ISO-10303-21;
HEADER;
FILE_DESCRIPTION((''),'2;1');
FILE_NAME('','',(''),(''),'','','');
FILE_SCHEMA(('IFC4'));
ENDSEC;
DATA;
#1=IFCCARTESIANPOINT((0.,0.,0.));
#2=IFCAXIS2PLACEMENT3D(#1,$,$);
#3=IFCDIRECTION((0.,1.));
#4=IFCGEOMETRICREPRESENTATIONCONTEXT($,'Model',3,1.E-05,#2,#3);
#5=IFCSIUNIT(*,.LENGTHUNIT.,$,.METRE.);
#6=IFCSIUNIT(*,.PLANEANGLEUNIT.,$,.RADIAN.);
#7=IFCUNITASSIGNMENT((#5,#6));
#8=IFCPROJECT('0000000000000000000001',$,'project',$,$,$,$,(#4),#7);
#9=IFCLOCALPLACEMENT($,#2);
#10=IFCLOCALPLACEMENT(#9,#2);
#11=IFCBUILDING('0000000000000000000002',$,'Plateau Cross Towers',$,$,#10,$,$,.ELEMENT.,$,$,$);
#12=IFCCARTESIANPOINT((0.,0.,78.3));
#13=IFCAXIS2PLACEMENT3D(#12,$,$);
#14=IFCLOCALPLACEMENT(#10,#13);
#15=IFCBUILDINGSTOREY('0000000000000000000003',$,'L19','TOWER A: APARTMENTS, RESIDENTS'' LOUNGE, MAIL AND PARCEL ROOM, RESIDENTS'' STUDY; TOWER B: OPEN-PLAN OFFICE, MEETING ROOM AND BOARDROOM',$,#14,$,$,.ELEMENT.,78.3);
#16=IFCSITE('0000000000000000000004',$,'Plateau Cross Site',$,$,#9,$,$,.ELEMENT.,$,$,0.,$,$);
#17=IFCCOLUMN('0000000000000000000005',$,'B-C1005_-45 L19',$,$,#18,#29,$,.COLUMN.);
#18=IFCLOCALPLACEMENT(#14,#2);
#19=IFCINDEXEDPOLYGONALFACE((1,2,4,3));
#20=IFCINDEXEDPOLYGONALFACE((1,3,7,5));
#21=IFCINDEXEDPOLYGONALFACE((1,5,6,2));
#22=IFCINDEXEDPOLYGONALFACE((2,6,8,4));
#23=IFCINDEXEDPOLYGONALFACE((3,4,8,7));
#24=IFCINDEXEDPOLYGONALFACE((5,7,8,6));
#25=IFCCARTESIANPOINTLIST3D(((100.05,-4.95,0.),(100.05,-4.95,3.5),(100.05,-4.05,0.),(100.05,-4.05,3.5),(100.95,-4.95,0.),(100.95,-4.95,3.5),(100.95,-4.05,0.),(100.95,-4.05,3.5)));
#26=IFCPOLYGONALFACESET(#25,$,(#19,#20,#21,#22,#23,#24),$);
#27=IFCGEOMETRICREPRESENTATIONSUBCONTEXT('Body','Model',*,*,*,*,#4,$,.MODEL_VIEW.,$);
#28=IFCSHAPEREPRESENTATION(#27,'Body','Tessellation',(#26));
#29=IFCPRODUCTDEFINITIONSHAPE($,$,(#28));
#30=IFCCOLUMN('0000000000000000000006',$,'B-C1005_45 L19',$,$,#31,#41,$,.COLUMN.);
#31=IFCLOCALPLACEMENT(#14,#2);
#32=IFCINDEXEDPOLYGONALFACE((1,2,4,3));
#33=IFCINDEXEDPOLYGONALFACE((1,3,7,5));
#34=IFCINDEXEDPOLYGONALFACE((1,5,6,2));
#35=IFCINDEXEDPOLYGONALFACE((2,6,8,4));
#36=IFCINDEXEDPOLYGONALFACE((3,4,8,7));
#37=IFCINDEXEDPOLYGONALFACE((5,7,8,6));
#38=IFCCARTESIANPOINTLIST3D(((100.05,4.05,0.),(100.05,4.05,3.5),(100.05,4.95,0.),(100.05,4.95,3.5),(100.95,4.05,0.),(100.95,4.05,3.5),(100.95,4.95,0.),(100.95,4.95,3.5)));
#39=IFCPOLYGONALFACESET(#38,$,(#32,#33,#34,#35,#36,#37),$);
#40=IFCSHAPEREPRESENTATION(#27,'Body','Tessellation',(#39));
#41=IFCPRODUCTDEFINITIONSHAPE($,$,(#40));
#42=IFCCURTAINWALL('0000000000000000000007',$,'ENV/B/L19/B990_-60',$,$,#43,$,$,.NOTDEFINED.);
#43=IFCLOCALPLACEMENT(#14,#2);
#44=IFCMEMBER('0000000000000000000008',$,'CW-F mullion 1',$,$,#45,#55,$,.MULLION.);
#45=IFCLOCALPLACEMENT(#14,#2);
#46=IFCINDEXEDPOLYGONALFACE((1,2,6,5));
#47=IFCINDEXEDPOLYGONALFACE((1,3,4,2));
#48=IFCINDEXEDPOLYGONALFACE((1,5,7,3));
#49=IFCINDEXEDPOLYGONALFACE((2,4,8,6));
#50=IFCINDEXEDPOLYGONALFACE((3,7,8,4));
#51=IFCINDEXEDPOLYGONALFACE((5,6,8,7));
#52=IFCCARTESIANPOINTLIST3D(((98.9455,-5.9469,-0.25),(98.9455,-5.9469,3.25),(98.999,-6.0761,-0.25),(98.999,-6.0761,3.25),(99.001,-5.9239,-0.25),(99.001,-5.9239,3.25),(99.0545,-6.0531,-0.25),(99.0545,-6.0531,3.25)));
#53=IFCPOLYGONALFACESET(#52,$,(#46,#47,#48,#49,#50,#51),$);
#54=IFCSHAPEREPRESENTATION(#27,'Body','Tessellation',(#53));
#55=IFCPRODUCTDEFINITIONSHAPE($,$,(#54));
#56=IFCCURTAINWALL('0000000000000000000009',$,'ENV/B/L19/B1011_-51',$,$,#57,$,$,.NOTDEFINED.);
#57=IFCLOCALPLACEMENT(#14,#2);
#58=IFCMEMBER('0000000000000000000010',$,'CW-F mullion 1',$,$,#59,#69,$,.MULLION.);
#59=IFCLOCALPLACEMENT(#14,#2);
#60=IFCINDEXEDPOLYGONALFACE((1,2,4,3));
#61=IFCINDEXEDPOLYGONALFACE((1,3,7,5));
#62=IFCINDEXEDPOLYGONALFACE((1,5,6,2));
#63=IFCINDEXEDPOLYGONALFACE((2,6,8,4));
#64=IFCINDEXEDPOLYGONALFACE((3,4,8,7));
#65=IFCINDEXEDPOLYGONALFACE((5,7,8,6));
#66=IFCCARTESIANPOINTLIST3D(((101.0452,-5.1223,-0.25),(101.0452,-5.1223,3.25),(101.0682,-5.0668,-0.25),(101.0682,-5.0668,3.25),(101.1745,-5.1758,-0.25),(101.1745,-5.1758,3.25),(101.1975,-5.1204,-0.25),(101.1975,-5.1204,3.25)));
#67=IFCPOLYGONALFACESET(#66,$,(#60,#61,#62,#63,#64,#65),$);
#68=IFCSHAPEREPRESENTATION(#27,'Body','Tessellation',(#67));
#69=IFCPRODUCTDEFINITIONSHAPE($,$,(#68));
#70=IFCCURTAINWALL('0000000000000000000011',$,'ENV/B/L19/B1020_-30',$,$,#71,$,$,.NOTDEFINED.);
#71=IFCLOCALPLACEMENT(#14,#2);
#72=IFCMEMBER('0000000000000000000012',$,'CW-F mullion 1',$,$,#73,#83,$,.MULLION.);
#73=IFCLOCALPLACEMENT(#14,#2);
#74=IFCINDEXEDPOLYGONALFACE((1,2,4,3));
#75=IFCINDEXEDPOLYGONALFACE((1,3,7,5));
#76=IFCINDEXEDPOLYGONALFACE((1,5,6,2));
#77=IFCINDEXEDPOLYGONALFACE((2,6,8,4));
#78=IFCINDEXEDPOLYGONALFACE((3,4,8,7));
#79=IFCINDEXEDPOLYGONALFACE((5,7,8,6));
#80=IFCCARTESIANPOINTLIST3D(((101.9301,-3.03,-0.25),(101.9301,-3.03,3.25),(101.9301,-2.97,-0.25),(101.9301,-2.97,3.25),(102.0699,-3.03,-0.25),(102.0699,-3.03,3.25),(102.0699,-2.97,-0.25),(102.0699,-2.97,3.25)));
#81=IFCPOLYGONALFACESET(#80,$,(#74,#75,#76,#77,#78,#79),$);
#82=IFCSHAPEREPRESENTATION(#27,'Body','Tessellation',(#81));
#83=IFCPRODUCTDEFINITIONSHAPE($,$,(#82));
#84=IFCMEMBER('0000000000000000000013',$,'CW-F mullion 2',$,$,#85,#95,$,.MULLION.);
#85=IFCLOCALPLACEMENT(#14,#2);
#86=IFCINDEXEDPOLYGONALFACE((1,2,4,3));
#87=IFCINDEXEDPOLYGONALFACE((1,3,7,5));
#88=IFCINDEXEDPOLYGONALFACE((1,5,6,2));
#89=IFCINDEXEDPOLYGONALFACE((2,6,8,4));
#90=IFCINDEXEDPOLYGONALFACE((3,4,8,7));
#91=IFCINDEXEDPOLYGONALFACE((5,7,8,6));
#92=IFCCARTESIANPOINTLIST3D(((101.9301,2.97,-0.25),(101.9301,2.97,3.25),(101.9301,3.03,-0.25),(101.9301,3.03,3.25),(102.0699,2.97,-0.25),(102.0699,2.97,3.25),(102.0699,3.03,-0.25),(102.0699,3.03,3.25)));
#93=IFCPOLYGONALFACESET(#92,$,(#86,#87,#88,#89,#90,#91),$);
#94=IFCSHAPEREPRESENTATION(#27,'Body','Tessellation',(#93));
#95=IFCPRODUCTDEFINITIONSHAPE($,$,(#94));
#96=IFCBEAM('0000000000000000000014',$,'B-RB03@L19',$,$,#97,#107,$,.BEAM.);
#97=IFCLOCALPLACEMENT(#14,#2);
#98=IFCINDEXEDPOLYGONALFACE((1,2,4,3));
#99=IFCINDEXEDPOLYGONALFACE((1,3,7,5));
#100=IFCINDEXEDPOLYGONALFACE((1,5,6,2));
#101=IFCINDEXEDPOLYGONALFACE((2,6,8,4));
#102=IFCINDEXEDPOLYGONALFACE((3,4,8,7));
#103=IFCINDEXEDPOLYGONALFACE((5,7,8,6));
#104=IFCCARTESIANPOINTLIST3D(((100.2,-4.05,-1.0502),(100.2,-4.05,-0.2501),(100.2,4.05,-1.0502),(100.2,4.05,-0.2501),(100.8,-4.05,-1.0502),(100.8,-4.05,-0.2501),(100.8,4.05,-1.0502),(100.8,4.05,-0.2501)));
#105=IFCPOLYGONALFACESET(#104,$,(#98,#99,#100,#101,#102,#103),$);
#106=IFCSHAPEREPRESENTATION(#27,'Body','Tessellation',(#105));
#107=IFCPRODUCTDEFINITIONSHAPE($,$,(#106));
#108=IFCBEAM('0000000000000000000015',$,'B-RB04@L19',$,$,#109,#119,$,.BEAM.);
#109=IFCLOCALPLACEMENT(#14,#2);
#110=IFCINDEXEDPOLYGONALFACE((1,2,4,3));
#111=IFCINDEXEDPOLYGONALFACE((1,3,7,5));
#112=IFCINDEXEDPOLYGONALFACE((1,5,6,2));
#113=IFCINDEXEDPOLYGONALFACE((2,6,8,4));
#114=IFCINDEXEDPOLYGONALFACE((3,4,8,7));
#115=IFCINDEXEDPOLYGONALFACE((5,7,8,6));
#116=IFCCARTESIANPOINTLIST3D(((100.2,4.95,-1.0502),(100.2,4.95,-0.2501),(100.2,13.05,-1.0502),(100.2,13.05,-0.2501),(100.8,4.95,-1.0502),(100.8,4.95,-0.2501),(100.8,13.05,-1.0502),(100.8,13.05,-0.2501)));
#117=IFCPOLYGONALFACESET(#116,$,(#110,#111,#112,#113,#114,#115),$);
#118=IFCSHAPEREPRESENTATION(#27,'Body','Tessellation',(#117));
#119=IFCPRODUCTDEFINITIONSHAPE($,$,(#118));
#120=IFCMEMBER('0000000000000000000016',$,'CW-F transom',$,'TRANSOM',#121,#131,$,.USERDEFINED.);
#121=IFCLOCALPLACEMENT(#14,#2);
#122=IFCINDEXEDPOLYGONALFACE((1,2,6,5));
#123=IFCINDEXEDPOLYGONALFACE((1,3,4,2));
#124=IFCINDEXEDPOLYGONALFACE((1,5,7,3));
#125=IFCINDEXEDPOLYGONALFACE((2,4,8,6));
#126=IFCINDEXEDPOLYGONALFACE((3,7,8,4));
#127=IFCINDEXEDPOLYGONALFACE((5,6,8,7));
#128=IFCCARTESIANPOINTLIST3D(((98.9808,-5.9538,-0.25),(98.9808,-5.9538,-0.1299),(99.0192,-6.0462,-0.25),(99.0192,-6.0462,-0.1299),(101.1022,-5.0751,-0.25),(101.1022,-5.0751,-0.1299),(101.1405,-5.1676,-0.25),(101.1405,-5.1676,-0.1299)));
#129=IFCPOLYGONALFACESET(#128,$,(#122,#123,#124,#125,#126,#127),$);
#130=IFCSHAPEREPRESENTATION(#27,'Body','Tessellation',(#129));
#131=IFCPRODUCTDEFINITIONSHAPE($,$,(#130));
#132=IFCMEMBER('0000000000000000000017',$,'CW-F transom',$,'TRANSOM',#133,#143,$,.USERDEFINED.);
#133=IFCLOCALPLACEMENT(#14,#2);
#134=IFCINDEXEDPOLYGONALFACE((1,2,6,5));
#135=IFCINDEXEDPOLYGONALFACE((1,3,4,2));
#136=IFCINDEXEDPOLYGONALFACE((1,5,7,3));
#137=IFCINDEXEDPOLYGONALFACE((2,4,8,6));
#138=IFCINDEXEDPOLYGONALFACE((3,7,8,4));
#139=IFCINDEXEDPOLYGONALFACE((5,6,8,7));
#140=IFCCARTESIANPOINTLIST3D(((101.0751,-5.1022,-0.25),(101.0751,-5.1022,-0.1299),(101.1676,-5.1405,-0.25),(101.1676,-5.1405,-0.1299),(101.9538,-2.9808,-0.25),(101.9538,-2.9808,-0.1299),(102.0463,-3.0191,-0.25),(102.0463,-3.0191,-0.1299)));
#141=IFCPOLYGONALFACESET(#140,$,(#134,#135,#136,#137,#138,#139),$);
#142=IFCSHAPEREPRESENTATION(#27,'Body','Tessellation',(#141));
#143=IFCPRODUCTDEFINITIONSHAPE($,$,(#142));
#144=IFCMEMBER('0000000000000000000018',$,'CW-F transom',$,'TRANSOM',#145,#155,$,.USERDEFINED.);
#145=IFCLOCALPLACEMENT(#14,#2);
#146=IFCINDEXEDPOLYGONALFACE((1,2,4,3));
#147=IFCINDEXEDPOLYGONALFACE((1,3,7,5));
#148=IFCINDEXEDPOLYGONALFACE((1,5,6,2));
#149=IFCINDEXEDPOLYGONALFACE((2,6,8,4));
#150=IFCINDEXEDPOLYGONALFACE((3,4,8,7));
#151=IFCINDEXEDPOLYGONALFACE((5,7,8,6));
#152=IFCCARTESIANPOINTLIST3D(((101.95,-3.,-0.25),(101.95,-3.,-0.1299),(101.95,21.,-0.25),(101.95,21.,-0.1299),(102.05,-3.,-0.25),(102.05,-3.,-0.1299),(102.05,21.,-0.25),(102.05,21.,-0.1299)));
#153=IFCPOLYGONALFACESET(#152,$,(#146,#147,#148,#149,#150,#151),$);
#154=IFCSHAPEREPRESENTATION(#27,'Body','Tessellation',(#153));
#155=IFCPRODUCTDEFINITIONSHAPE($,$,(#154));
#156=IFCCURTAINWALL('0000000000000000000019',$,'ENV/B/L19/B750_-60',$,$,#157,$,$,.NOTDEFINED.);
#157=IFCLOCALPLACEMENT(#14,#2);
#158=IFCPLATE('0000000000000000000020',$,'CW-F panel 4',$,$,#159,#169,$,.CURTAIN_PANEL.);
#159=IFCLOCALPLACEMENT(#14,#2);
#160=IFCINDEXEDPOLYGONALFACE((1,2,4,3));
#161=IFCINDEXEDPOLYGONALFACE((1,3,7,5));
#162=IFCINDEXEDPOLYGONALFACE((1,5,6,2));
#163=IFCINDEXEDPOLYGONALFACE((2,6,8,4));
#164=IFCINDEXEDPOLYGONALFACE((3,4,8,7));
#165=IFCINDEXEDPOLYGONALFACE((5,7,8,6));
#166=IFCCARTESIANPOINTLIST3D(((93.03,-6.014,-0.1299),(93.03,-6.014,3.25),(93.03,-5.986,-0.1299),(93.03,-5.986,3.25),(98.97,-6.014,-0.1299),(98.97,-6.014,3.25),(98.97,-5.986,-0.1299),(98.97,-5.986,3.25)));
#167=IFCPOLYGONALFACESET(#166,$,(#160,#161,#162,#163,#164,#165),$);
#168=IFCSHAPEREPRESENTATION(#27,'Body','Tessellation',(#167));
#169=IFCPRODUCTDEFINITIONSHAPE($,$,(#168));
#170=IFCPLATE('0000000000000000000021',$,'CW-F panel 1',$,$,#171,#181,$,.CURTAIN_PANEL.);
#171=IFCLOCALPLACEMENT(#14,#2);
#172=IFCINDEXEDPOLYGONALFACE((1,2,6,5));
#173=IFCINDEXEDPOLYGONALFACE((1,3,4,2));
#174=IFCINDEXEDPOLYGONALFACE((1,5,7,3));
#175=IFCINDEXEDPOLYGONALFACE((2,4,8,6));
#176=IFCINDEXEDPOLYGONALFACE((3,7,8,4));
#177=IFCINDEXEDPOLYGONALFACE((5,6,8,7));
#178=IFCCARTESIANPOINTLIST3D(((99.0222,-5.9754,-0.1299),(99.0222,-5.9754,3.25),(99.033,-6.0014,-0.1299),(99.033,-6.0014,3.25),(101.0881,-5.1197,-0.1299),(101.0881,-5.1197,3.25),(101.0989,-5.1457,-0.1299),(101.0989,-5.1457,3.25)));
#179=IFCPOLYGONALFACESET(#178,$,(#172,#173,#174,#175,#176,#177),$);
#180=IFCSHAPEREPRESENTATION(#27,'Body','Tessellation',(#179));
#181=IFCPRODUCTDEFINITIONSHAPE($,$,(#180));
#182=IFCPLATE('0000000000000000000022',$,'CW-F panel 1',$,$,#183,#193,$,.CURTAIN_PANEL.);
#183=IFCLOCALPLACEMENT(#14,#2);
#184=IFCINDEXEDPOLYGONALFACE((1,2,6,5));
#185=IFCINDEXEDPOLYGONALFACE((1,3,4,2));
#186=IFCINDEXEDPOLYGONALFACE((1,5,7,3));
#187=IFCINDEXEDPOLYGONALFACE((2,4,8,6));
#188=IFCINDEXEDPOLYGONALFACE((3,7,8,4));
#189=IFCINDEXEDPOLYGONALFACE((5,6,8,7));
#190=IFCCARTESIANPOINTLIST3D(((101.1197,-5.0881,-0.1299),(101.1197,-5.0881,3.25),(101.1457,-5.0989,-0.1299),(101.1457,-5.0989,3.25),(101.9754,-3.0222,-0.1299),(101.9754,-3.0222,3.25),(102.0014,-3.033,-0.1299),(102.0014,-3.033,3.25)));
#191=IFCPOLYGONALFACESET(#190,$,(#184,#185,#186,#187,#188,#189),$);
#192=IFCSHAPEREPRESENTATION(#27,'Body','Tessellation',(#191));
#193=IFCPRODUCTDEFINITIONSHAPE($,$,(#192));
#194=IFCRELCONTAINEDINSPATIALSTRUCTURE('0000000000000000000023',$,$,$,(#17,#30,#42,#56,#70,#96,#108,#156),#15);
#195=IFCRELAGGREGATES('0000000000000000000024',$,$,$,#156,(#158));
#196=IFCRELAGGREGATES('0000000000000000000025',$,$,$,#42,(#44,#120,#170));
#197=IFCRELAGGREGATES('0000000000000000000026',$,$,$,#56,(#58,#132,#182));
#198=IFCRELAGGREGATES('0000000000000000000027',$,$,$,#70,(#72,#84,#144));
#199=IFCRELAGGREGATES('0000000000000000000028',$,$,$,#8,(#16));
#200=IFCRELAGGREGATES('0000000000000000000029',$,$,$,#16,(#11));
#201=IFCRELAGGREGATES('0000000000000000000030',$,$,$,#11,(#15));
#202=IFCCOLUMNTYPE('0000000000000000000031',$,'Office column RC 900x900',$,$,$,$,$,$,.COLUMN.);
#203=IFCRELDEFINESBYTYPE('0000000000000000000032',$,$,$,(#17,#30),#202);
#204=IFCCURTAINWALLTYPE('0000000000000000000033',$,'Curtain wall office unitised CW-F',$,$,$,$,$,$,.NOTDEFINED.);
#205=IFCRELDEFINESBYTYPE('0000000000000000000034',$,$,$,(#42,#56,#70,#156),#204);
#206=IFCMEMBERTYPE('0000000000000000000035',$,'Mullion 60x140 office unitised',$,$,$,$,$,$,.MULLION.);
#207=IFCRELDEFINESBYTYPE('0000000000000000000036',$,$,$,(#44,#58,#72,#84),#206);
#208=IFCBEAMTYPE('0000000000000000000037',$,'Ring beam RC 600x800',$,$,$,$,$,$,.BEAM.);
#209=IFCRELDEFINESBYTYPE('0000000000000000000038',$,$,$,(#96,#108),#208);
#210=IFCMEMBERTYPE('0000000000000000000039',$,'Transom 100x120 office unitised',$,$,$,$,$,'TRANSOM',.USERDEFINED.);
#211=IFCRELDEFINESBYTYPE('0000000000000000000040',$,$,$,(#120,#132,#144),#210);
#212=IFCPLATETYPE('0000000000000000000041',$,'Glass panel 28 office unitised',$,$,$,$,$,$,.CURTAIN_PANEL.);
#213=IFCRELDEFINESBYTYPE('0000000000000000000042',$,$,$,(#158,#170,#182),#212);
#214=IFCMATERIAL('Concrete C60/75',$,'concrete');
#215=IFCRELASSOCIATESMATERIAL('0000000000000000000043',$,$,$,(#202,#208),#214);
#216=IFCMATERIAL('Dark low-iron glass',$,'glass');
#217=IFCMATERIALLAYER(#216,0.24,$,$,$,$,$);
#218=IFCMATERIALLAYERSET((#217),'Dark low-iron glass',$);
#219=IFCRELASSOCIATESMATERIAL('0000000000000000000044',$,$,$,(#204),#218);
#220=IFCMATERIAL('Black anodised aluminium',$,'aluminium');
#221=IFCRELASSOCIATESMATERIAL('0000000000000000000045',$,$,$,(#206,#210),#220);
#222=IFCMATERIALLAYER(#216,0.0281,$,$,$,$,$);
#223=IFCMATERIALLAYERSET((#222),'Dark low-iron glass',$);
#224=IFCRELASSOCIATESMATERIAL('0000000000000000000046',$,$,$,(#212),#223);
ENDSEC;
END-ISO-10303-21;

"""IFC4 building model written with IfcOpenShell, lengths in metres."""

from ifc_helpers import new_model, si_unit, direction, frame, origin, origin_2d, place, context, subcontext, project, spatial, rectangle, extrude, material, layer, layer_set, material_profile, profile_set, type_object, element, aggregate, save


model = new_model("IFC4")

# Units and contexts
model_context = context("Model", 3, precision=1e-05, world=origin(), true_north=direction((0.0, 1.0)))
body_context = subcontext(model_context, "Body", "Model", "MODEL_VIEW")
ifc_project = project(units=[si_unit("LENGTHUNIT", "METRE"), si_unit("PLANEANGLEUNIT", "RADIAN")], contexts=[model_context])

# Site, building, storey
site_placement = place(None, origin())
site = spatial("IfcSite", under=ifc_project, at=site_placement, Name="Plateau Cross Site", CompositionType="ELEMENT", RefElevation=0.0)
building_placement = place(site_placement, origin())
building = spatial("IfcBuilding", under=site, at=building_placement, Name="Plateau Cross Towers", CompositionType="ELEMENT")
storey_placement = place(building_placement, frame((0.0, 0.0, 78.3)))
storey = spatial("IfcBuildingStorey", under=building, at=storey_placement, Name="L19", Description="TOWER A: APARTMENTS, RESIDENTS' LOUNGE, MAIL AND PARCEL ROOM, RESIDENTS' STUDY; TOWER B: OPEN-PLAN OFFICE, MEETING ROOM AND BOARDROOM", CompositionType="ELEMENT", Elevation=78.3)

# Columns
ifc_material_1 = material(Name="Concrete C60/75", Category="concrete")
ifc_material_profile_1 = material_profile(ifc_material_1, rectangle(XDim=0.8999, YDim=0.8999, at=origin_2d()), Name="RC 900x900")
ifc_profile_set_1 = profile_set([ifc_material_profile_1], Name="Concrete C60/75")
column_type = type_object("IfcColumnType", Name="Office column RC 900x900", PredefinedType="COLUMN", material=ifc_profile_set_1)
for number, where, z_axis, x_axis, name in (
    (1, (100.5, -4.5, 0.0), (0.0, 0.0, 1.0), (1.0, 0.0, 0.0), "B-C1005_-45 L19"),
    (2, (100.5, 4.5, 0.0), (0.0, 0.0, 1.0), (1.0, 0.0, 0.0), "B-C1005_45 L19"),
):
    element("IfcColumn", number, at=place(storey_placement, frame(where, z_axis=z_axis, x_axis=x_axis)), inside=storey, type_object=column_type, Name=name, PredefinedType="COLUMN", context=body_context, shape_type="SweptSolid", body=[
        extrude(rectangle(XDim=0.8999, YDim=0.8999, at=origin_2d()), origin(), (0.0, 0.0, 1.0), 3.5),
    ])

# Curtain walls, members
ifc_material_2 = material(Name="Dark low-iron glass", Category="glass")
ifc_layer_1 = layer(ifc_material_2, 0.24)
ifc_layer_set_1 = layer_set([ifc_layer_1], Name="Dark low-iron glass")
curtain_wall_type = type_object("IfcCurtainWallType", Name="Curtain wall office unitised CW-F", PredefinedType="NOTDEFINED", material=ifc_layer_set_1)
curtain_wall_1_placement = place(storey_placement, origin())
curtain_wall_1 = element("IfcCurtainWall", 3, at=curtain_wall_1_placement, inside=storey, type_object=curtain_wall_type, Name="ENV/B/L19/B990_-60", PredefinedType="NOTDEFINED")
ifc_material_3 = material(Name="Black anodised aluminium", Category="aluminium")
ifc_material_profile_2 = material_profile(ifc_material_3, rectangle(XDim=0.0601, YDim=0.1399, at=origin_2d()), Name="MULLION 60x140")
ifc_profile_set_2 = profile_set([ifc_material_profile_2], Name="Black anodised aluminium")
member_type_1 = type_object("IfcMemberType", Name="Mullion 60x140 office unitised", PredefinedType="MULLION", material=ifc_profile_set_2)
member_1_placement = place(storey_placement, frame((99.0, -6.0, -0.25), z_axis=(0.0, 0.0, 1.0), x_axis=(0.923879, 0.382684, 0.0)))
member_1 = element("IfcMember", 4, at=member_1_placement, type_object=member_type_1, Name="CW-F mullion 1", PredefinedType="MULLION", context=body_context, shape_type="SweptSolid", body=[
    extrude(rectangle(XDim=0.0601, YDim=0.1399, at=origin_2d()), origin(), (0.0, 0.0, 1.0), 3.5),
])
curtain_wall_2_placement = place(storey_placement, origin())
curtain_wall_2 = element("IfcCurtainWall", 5, at=curtain_wall_2_placement, inside=storey, type_object=curtain_wall_type, Name="ENV/B/L19/B1011_-51", PredefinedType="NOTDEFINED")
member_2_placement = place(storey_placement, frame((101.1213, -5.1213, -0.25), z_axis=(0.0, 0.0, 1.0), x_axis=(0.382684, 0.923879, 0.0)))
member_2 = element("IfcMember", 6, at=member_2_placement, type_object=member_type_1, Name="CW-F mullion 1", PredefinedType="MULLION", context=body_context, shape_type="SweptSolid", body=[
    extrude(rectangle(XDim=0.0601, YDim=0.1399, at=origin_2d()), origin(), (0.0, 0.0, 1.0), 3.5),
])

# Curtain wall, members
curtain_wall_3_placement = place(storey_placement, origin())
curtain_wall_3 = element("IfcCurtainWall", 7, at=curtain_wall_3_placement, inside=storey, type_object=curtain_wall_type, Name="ENV/B/L19/B1020_-30", PredefinedType="NOTDEFINED")
member_3_placement = place(storey_placement, frame((102.0, -3.0, -0.25), z_axis=(0.0, 0.0, 1.0), x_axis=(0.0, 1.0, 0.0)))
member_3 = element("IfcMember", 8, at=member_3_placement, type_object=member_type_1, Name="CW-F mullion 1", PredefinedType="MULLION", context=body_context, shape_type="SweptSolid", body=[
    extrude(rectangle(XDim=0.0601, YDim=0.1399, at=origin_2d()), origin(), (0.0, 0.0, 1.0), 3.5),
])
member_4_placement = place(storey_placement, frame((102.0, 3.0, -0.25), z_axis=(0.0, 0.0, 1.0), x_axis=(0.0, 1.0, 0.0)))
member_4 = element("IfcMember", 9, at=member_4_placement, type_object=member_type_1, Name="CW-F mullion 2", PredefinedType="MULLION", context=body_context, shape_type="SweptSolid", body=[
    extrude(rectangle(XDim=0.0601, YDim=0.1399, at=origin_2d()), origin(), (0.0, 0.0, 1.0), 3.5),
])

# Beams
ifc_material_profile_3 = material_profile(ifc_material_1, rectangle(XDim=0.6001, YDim=0.8, at=origin_2d()), Name="RC 600x800")
ifc_profile_set_3 = profile_set([ifc_material_profile_3], Name="Concrete C60/75")
beam_type = type_object("IfcBeamType", Name="Ring beam RC 600x800", PredefinedType="BEAM", material=ifc_profile_set_3)
for number, where, z_axis, x_axis, name in (
    (10, (100.5, -4.05, -0.6501), (0.0, 1.0, 0.0), (-1.0, 0.0, 0.0), "B-RB03@L19"),
    (11, (100.5, 4.95, -0.6501), (0.0, 1.0, 0.0), (-1.0, 0.0, 0.0), "B-RB04@L19"),
):
    element("IfcBeam", number, at=place(storey_placement, frame(where, z_axis=z_axis, x_axis=x_axis)), inside=storey, type_object=beam_type, Name=name, PredefinedType="BEAM", context=body_context, shape_type="SweptSolid", body=[
        extrude(rectangle(XDim=0.6001, YDim=0.8, at=origin_2d()), origin(), (0.0, 0.0, 1.0), 8.1001),
    ])

# Members
ifc_material_profile_4 = material_profile(ifc_material_3, rectangle(XDim=0.1001, YDim=0.1201, at=origin_2d()), Name="TRANSOM 100x120")
ifc_profile_set_4 = profile_set([ifc_material_profile_4], Name="Black anodised aluminium")
member_type_2 = type_object("IfcMemberType", Name="Transom 100x120 office unitised", ElementType="TRANSOM", PredefinedType="USERDEFINED", material=ifc_profile_set_4)
member_5_placement = place(storey_placement, frame((99.0, -6.0, -0.1899), z_axis=(0.923883, 0.382674, 0.0), x_axis=(-0.382674, 0.923883, 0.0)))
member_5 = element("IfcMember", 12, at=member_5_placement, type_object=member_type_2, Name="CW-F transom", ObjectType="TRANSOM", PredefinedType="USERDEFINED", context=body_context, shape_type="SweptSolid", body=[
    extrude(rectangle(XDim=0.1001, YDim=0.1201, at=origin_2d()), origin(), (0.0, 0.0, 1.0), 2.2961),
])
member_6_placement = place(storey_placement, frame((101.1213, -5.1213, -0.1899), z_axis=(0.382674, 0.923883, 0.0), x_axis=(-0.923883, 0.382674, 0.0)))
member_6 = element("IfcMember", 13, at=member_6_placement, type_object=member_type_2, Name="CW-F transom", ObjectType="TRANSOM", PredefinedType="USERDEFINED", context=body_context, shape_type="SweptSolid", body=[
    extrude(rectangle(XDim=0.1001, YDim=0.1201, at=origin_2d()), origin(), (0.0, 0.0, 1.0), 2.2961),
])
member_7_placement = place(storey_placement, frame((102.0, -3.0, -0.1899), z_axis=(0.0, 1.0, 0.0), x_axis=(-1.0, 0.0, 0.0)))
member_7 = element("IfcMember", 14, at=member_7_placement, type_object=member_type_2, Name="CW-F transom", ObjectType="TRANSOM", PredefinedType="USERDEFINED", context=body_context, shape_type="SweptSolid", body=[
    extrude(rectangle(XDim=0.1001, YDim=0.1201, at=origin_2d()), origin(), (0.0, 0.0, 1.0), 24.0),
])

# Curtain wall, plate
curtain_wall_4_placement = place(storey_placement, origin())
curtain_wall_4 = element("IfcCurtainWall", 15, at=curtain_wall_4_placement, inside=storey, type_object=curtain_wall_type, Name="ENV/B/L19/B750_-60", PredefinedType="NOTDEFINED")
ifc_layer_2 = layer(ifc_material_2, 0.0281)
ifc_layer_set_2 = layer_set([ifc_layer_2], Name="Dark low-iron glass")
plate_type = type_object("IfcPlateType", Name="Glass panel 28 office unitised", PredefinedType="CURTAIN_PANEL", material=ifc_layer_set_2)
plate_1_placement = place(storey_placement, frame((96.0, -6.0, -0.1299), z_axis=(0.0, 0.0, 1.0), x_axis=(1.0, 0.0, 0.0)))
plate_1 = element("IfcPlate", 16, at=plate_1_placement, type_object=plate_type, Name="CW-F panel 4", PredefinedType="CURTAIN_PANEL", context=body_context, shape_type="SweptSolid", body=[
    extrude(rectangle(XDim=5.9399, YDim=0.0281, at=origin_2d()), origin(), (0.0, 0.0, 1.0), 3.3799),
])
aggregate(curtain_wall_4, [plate_1])

# Plates
plate_2_placement = place(storey_placement, frame((100.0605, -5.5605, -0.1299), z_axis=(0.0, 0.0, 1.0), x_axis=(0.923879, 0.382684, 0.0)))
plate_2 = element("IfcPlate", 17, at=plate_2_placement, type_object=plate_type, Name="CW-F panel 1", PredefinedType="CURTAIN_PANEL", context=body_context, shape_type="SweptSolid", body=[
    extrude(rectangle(XDim=2.2361, YDim=0.0281, at=origin_2d()), origin(), (0.0, 0.0, 1.0), 3.3799),
])
aggregate(curtain_wall_1, [member_1, member_5, plate_2])
plate_3_placement = place(storey_placement, frame((101.5605, -4.0605, -0.1299), z_axis=(0.0, 0.0, 1.0), x_axis=(0.382684, 0.923879, 0.0)))
plate_3 = element("IfcPlate", 18, at=plate_3_placement, type_object=plate_type, Name="CW-F panel 1", PredefinedType="CURTAIN_PANEL", context=body_context, shape_type="SweptSolid", body=[
    extrude(rectangle(XDim=2.2361, YDim=0.0281, at=origin_2d()), origin(), (0.0, 0.0, 1.0), 3.3799),
])
aggregate(curtain_wall_2, [member_2, member_6, plate_3])
aggregate(curtain_wall_3, [member_3, member_4, member_7])

save(model, "model.ifc")
